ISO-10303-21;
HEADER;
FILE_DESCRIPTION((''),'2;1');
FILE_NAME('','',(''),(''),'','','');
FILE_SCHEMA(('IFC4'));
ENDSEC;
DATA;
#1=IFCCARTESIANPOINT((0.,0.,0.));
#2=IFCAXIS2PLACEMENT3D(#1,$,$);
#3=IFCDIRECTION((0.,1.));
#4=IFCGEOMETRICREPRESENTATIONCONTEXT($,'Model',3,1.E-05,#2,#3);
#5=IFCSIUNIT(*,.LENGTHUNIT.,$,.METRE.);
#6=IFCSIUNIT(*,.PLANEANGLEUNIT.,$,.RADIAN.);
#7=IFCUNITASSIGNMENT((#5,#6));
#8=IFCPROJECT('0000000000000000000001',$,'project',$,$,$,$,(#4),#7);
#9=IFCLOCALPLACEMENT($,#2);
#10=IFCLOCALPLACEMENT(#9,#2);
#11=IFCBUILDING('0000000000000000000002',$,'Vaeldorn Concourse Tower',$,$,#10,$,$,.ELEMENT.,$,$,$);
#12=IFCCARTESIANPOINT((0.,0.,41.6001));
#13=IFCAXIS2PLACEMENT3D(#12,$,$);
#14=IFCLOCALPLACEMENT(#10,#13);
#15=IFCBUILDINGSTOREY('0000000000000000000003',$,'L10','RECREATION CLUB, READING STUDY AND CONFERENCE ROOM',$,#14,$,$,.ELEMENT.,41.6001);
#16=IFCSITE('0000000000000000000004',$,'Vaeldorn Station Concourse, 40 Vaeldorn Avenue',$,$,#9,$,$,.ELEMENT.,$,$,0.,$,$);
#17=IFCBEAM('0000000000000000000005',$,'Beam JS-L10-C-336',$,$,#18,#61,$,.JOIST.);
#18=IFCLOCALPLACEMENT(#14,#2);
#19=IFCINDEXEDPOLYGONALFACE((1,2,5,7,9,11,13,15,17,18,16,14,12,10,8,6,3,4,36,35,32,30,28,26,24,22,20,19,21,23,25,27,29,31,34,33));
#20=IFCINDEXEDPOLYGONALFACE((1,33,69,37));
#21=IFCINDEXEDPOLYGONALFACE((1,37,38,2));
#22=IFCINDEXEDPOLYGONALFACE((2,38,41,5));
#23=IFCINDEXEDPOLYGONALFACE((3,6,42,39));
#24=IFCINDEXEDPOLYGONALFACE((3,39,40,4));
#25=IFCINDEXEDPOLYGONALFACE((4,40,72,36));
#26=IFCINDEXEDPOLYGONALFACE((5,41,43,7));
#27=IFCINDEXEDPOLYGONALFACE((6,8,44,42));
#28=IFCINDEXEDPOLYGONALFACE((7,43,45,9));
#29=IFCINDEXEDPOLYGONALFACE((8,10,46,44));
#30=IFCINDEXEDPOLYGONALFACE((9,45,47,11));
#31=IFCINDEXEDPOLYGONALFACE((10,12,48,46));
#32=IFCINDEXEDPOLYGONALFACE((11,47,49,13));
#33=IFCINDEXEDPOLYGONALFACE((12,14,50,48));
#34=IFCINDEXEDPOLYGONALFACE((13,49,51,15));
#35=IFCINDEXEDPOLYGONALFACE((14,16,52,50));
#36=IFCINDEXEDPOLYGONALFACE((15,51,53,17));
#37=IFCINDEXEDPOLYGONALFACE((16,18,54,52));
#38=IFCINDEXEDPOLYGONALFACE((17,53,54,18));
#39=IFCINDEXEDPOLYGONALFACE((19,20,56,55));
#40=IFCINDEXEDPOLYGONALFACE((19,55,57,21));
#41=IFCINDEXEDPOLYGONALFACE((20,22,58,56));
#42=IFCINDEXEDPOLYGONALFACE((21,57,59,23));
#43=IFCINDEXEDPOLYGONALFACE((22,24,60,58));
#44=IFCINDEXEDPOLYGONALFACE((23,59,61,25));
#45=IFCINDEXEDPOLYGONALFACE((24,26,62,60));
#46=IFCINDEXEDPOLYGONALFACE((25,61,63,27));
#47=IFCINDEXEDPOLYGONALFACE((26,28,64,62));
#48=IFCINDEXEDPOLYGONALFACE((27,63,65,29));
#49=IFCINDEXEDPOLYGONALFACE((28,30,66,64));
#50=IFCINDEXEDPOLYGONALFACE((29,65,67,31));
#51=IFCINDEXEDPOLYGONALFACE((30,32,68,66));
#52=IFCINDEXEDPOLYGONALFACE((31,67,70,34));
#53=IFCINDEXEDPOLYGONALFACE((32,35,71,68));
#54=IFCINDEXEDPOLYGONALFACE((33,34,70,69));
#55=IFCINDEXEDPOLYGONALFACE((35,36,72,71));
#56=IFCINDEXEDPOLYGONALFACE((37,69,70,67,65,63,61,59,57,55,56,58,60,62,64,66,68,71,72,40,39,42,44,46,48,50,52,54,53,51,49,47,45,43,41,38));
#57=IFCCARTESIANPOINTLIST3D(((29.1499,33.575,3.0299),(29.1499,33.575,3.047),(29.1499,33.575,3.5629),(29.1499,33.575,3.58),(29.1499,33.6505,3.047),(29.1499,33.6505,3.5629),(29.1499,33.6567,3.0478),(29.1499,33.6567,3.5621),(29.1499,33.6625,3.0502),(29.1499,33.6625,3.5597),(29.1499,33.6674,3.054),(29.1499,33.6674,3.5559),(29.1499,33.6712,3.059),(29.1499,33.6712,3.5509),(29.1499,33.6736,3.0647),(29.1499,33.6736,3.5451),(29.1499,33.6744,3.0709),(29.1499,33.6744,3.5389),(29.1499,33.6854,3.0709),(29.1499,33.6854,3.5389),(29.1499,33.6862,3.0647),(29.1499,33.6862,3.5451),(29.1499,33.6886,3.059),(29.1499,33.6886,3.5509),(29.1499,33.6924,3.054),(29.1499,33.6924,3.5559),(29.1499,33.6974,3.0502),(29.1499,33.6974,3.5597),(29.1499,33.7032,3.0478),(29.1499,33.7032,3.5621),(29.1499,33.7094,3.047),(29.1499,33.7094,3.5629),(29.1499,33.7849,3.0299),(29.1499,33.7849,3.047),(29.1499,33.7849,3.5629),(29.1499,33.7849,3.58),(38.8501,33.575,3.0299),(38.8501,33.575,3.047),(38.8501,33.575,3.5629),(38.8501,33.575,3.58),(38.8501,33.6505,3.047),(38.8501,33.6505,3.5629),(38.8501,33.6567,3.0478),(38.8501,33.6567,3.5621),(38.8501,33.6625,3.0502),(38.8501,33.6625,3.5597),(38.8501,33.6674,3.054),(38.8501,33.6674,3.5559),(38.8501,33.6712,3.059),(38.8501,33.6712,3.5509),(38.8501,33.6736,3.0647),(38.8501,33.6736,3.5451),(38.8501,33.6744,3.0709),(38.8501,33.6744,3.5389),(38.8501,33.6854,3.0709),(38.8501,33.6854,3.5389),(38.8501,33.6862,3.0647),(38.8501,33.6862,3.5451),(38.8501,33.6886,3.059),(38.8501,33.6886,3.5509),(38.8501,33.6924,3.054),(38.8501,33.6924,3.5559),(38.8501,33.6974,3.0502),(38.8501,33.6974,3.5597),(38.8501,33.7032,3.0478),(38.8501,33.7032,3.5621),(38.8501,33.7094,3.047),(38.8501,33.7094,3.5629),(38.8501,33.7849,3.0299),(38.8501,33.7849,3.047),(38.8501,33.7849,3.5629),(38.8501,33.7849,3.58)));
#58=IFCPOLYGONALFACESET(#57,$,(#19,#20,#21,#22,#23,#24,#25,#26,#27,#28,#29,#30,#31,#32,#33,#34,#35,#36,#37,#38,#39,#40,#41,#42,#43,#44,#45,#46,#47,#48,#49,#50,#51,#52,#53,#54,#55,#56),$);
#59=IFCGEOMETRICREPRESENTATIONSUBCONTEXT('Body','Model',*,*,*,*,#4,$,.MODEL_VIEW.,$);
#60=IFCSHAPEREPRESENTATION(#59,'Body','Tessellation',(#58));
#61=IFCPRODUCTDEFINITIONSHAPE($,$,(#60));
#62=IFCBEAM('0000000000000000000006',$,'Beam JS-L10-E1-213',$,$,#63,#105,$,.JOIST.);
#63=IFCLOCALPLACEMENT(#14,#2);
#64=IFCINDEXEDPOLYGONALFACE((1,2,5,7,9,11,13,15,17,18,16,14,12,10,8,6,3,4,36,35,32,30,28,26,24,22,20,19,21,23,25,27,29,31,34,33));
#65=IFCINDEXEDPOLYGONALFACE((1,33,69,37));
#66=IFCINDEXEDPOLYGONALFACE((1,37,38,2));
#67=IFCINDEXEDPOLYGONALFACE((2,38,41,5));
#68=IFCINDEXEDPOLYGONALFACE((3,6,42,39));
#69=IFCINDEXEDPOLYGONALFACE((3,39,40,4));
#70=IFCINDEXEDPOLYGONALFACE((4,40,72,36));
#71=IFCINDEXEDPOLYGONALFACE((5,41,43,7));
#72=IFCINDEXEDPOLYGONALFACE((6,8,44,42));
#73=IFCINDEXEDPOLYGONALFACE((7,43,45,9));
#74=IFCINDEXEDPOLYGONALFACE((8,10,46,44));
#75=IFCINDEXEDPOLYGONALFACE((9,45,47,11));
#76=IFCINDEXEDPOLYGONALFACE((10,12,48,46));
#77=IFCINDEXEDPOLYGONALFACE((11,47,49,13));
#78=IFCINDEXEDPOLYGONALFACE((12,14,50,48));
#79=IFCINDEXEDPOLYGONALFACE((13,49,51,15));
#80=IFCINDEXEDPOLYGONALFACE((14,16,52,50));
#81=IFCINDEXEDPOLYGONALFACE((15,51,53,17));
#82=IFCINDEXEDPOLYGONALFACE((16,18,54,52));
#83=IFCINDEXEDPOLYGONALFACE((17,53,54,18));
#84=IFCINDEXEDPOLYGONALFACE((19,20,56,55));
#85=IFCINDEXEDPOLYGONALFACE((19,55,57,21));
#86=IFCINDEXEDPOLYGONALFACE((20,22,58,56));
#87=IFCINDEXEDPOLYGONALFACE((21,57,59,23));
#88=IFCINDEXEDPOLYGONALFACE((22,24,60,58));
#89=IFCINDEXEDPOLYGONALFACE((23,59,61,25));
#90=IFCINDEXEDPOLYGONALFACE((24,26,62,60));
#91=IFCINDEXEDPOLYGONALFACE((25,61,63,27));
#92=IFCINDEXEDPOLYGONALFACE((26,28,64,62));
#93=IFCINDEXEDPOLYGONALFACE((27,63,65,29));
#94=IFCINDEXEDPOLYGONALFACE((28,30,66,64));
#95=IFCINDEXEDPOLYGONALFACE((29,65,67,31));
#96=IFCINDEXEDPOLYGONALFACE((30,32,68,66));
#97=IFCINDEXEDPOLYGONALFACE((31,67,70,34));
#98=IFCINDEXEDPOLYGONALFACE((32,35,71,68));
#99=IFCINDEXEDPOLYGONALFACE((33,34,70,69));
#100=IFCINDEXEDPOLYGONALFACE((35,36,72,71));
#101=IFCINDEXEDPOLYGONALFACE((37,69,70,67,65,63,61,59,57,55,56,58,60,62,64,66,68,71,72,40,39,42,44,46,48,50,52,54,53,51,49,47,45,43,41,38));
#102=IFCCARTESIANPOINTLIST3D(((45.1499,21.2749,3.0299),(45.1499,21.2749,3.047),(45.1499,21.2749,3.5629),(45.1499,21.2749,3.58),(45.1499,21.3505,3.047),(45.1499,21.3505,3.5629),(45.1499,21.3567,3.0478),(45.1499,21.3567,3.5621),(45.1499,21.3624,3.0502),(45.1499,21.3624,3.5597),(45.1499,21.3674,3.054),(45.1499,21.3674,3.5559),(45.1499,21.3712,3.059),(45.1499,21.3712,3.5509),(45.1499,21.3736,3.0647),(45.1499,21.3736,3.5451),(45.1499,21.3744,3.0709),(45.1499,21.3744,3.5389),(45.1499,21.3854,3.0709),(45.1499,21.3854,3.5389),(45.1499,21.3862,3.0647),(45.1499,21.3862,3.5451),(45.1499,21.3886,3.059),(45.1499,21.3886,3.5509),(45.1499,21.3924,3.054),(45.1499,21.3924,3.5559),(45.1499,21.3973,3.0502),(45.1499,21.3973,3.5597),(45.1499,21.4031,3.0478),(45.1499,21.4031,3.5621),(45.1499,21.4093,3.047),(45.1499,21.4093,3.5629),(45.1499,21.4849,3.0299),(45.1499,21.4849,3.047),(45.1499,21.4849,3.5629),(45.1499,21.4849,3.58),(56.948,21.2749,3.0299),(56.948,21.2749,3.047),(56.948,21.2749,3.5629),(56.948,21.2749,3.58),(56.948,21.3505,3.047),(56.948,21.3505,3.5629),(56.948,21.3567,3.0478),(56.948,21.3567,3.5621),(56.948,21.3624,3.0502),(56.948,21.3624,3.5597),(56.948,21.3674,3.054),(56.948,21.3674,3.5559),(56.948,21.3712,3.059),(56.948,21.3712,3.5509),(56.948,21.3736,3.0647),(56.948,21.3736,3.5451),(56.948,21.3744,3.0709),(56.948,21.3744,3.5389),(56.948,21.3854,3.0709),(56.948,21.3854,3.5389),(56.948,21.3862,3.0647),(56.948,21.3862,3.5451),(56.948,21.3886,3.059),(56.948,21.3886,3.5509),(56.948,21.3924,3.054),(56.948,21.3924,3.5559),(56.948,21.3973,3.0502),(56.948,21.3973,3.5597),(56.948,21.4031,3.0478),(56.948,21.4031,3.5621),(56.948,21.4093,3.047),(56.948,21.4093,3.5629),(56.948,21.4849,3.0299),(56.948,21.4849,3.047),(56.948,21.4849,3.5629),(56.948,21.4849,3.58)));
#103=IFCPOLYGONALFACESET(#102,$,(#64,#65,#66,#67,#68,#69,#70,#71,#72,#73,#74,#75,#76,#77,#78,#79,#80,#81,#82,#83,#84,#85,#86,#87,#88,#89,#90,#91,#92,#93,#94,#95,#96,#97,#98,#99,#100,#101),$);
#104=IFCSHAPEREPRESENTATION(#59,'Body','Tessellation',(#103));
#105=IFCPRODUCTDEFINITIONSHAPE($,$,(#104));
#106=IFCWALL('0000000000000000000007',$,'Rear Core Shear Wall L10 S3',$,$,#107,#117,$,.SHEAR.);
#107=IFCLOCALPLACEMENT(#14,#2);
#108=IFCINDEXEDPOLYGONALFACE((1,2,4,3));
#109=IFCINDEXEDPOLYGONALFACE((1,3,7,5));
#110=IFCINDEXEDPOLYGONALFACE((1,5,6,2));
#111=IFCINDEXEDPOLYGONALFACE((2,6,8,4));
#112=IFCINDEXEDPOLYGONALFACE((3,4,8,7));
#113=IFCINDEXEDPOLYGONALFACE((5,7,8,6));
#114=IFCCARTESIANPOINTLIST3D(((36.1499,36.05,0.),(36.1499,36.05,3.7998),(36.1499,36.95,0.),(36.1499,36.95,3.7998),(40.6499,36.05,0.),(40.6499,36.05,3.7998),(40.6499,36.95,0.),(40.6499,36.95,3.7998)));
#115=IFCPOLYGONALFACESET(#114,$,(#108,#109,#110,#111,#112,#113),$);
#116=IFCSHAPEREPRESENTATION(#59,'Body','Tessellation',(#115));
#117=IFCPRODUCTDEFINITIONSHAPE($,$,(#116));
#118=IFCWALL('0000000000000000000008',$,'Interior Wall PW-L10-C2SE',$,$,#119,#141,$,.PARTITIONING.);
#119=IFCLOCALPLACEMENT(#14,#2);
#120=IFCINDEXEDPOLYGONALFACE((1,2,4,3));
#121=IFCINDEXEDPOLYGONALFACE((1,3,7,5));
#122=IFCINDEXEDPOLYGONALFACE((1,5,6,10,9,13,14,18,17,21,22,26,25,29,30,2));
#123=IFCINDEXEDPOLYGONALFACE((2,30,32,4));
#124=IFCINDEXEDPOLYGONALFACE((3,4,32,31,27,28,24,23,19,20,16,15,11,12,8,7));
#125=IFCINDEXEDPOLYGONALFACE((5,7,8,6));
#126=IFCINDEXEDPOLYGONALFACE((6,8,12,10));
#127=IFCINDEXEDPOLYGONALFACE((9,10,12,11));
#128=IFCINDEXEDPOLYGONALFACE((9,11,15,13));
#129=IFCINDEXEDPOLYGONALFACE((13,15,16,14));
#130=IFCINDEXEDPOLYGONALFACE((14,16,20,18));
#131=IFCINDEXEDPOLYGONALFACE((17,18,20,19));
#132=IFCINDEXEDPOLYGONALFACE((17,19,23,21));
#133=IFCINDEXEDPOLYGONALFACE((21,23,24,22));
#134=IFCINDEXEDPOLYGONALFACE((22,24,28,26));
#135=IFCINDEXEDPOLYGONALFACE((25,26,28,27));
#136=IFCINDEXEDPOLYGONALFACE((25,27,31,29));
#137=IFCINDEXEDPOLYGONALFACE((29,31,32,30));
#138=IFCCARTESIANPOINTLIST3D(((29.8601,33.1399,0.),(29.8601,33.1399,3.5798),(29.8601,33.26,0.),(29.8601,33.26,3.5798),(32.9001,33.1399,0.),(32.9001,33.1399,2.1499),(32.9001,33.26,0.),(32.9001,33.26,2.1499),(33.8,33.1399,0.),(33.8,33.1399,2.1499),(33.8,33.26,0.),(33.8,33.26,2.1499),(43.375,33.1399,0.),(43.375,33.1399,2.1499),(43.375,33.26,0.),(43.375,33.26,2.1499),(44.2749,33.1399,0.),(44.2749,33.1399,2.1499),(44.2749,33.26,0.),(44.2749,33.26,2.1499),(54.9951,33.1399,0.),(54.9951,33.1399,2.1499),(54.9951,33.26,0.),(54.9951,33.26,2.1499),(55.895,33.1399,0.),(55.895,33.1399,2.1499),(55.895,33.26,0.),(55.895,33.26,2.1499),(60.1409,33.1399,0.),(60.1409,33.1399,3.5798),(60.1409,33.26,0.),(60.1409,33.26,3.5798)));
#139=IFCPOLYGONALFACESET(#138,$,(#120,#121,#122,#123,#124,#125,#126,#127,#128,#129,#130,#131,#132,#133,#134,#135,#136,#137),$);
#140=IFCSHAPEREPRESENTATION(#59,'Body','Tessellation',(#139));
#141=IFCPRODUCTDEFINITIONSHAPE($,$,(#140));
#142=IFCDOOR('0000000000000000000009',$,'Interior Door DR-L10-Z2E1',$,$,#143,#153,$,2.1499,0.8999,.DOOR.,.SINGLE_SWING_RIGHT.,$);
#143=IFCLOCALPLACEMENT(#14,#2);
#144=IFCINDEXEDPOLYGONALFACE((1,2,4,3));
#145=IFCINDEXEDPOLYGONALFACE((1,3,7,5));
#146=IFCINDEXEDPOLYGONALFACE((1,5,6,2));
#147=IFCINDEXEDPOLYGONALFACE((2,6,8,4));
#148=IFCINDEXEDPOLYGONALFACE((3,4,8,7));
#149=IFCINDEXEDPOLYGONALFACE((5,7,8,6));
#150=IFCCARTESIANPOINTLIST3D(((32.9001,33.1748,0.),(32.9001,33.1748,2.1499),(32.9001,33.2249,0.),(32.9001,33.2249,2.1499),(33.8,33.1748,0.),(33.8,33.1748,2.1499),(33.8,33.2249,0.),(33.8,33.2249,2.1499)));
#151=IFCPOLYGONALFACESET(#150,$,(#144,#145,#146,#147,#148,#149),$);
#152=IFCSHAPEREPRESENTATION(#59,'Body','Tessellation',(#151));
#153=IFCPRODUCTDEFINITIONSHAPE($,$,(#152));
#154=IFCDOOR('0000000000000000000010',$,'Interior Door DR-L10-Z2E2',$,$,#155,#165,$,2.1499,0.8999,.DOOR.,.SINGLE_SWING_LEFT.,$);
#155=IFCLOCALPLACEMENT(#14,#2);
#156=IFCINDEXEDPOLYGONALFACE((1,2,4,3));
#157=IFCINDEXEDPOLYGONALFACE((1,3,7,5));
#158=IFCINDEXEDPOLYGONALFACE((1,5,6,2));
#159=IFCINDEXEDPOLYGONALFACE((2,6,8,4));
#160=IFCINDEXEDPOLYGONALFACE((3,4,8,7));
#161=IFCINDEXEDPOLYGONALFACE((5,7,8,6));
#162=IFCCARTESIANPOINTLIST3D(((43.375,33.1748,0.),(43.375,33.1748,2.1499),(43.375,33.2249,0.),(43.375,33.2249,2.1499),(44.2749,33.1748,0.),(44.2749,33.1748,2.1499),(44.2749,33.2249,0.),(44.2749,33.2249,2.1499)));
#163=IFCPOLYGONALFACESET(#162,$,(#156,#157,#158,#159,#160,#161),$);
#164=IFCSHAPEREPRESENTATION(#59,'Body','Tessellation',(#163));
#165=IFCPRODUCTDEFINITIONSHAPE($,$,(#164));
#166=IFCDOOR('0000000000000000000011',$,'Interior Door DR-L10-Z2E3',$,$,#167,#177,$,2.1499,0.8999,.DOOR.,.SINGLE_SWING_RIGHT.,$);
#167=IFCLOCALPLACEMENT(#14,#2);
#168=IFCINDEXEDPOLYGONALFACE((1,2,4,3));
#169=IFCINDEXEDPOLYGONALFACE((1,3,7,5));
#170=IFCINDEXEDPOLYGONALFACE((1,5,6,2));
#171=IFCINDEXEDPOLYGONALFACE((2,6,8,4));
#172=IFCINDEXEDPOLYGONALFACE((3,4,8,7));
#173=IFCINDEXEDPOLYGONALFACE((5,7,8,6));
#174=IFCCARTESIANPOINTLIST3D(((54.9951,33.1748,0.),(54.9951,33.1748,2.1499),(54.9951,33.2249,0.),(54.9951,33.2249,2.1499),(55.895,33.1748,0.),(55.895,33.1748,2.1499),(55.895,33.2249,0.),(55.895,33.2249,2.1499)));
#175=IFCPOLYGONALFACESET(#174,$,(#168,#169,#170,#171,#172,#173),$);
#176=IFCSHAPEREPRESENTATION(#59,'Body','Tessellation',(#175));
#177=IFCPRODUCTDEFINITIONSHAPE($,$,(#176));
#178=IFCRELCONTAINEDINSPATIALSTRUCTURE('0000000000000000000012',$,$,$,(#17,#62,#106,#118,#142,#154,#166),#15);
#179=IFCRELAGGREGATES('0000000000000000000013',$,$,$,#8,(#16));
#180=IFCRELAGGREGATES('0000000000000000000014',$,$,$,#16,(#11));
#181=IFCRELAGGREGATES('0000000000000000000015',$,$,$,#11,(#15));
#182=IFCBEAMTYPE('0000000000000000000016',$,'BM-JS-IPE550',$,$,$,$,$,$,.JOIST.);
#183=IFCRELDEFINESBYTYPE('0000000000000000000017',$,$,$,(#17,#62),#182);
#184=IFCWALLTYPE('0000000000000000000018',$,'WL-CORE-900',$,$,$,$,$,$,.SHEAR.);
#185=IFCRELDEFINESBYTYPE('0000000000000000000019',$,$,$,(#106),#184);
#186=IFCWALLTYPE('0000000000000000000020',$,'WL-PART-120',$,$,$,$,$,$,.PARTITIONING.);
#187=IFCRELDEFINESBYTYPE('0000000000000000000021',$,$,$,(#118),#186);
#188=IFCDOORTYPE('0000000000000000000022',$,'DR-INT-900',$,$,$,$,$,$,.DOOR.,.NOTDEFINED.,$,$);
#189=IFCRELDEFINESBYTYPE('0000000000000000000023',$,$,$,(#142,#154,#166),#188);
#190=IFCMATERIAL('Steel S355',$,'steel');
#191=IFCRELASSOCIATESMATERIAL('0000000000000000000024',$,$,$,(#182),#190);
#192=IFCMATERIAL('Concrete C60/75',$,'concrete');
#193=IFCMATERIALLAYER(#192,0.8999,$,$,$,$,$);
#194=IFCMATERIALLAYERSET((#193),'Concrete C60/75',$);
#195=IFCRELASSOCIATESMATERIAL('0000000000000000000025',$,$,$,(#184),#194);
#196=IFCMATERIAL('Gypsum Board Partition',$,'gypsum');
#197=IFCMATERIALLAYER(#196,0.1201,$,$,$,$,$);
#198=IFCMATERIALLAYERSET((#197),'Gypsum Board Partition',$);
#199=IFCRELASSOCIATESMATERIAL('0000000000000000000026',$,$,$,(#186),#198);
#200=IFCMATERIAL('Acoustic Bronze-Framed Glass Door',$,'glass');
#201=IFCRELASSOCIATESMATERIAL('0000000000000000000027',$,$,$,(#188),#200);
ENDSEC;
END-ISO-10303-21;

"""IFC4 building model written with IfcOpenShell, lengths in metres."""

from ifc_helpers import new_model, si_unit, direction, frame, frame_2d, origin, origin_2d, place, context, subcontext, project, spatial, rectangle, i_section, extrude, source, transform, mapped, material, layer, layer_set, material_profile, profile_set, type_object, element, fill, save


model = new_model("IFC4")

# Units and contexts
model_context = context("Model", 3, precision=1e-05, world=origin(), true_north=direction((0.0, 1.0)))
body_context = subcontext(model_context, "Body", "Model", "MODEL_VIEW")
ifc_project = project(units=[si_unit("LENGTHUNIT", "METRE"), si_unit("PLANEANGLEUNIT", "RADIAN")], contexts=[model_context])

# Site, building, storey
site_placement = place(None, origin())
site = spatial("IfcSite", under=ifc_project, at=site_placement, Name="Vaeldorn Station Concourse, 40 Vaeldorn Avenue", CompositionType="ELEMENT", RefElevation=0.0)
building_placement = place(site_placement, origin())
building = spatial("IfcBuilding", under=site, at=building_placement, Name="Vaeldorn Concourse Tower", CompositionType="ELEMENT")
storey_placement = place(building_placement, frame((0.0, 0.0, 41.6001)))
storey = spatial("IfcBuildingStorey", under=building, at=storey_placement, Name="L10", Description="RECREATION CLUB, READING STUDY AND CONFERENCE ROOM", CompositionType="ELEMENT", Elevation=41.6001)

# Beams
ifc_material_1 = material(Name="Steel S355", Category="steel")
ifc_material_profile_1 = material_profile(ifc_material_1, i_section(OverallWidth=0.21, OverallDepth=0.55, WebThickness=0.011, FlangeThickness=0.0171, FilletRadius=0.0239, at=origin_2d()), Name="IPE 550")
ifc_profile_set_1 = profile_set([ifc_material_profile_1], Name="Steel S355")
beam_type_1 = type_object("IfcBeamType", Name="BM-JS-IPE550", PredefinedType="JOIST", material=ifc_profile_set_1)
shared_shape_1 = source(origin(), body_context, "Body", "SweptSolid", [
    extrude(i_section(OverallWidth=0.21, OverallDepth=0.55, WebThickness=0.011, FlangeThickness=0.0171, FilletRadius=0.0239, at=origin_2d()), origin(), (0.0, 0.0, 1.0), 9.7002),
])
for number, where, z_axis, x_axis, name in (
    (1, (29.1499, 33.6799, 3.3049), (1.0, 0.0, 0.0), (0.0, 1.0, 0.0), "Beam JS-L10-C-336"),
):
    element("IfcBeam", number, at=place(storey_placement, frame(where, z_axis=z_axis, x_axis=x_axis)), inside=storey, type_object=beam_type_1, Name=name, PredefinedType="JOIST", context=body_context, shape_type="MappedRepresentation", body=[
        mapped(shared_shape_1, transform((0.0, 0.0, 0.0), scale=1.0)),
    ])
shared_shape_2 = source(origin(), body_context, "Body", "SweptSolid", [
    extrude(i_section(OverallWidth=0.21, OverallDepth=0.55, WebThickness=0.011, FlangeThickness=0.0171, FilletRadius=0.0239, at=origin_2d()), origin(), (0.0, 0.0, 1.0), 11.7981),
])
beam_1_placement = place(storey_placement, frame((45.1499, 21.3799, 3.3049), z_axis=(1.0, 0.0, 0.0), x_axis=(0.0, 1.0, 0.0)))
element("IfcBeam", 2, at=beam_1_placement, inside=storey, type_object=beam_type_1, Name="Beam JS-L10-E1-213", PredefinedType="JOIST", context=body_context, shape_type="MappedRepresentation", body=[
    mapped(shared_shape_2, transform((0.0, 0.0, 0.0), scale=1.0)),
])

# Wall
ifc_material_2 = material(Name="Concrete C60/75", Category="concrete")
ifc_layer_1 = layer(ifc_material_2, 0.8999)
ifc_layer_set_1 = layer_set([ifc_layer_1], Name="Concrete C60/75")
wall_type_1 = type_object("IfcWallType", Name="WL-CORE-900", PredefinedType="SHEAR", material=ifc_layer_set_1)
wall_1_placement = place(storey_placement, frame((36.1499, 36.5, 0.0), z_axis=(0.0, 0.0, 1.0), x_axis=(1.0, 0.0, 0.0)))
element("IfcWall", 3, at=wall_1_placement, inside=storey, type_object=wall_type_1, Name="Rear Core Shear Wall L10 S3", PredefinedType="SHEAR", context=body_context, shape_type="SweptSolid", body=[
    extrude(rectangle(XDim=4.5, YDim=0.8999, at=frame_2d((2.25, 0.0))), origin(), (0.0, 0.0, 1.0), 3.7998),
])

# Wall, openings, doors
ifc_material_3 = material(Name="Gypsum Board Partition", Category="gypsum")
ifc_layer_2 = layer(ifc_material_3, 0.1201)
ifc_layer_set_2 = layer_set([ifc_layer_2], Name="Gypsum Board Partition")
wall_type_2 = type_object("IfcWallType", Name="WL-PART-120", PredefinedType="PARTITIONING", material=ifc_layer_set_2)
wall_2_placement = place(storey_placement, frame((29.8601, 33.2, 0.0), z_axis=(0.0, 0.0, 1.0), x_axis=(1.0, 0.0, 0.0)))
wall_2 = element("IfcWall", 4, at=wall_2_placement, inside=storey, type_object=wall_type_2, Name="Interior Wall PW-L10-C2SE", PredefinedType="PARTITIONING", context=body_context, shape_type="SweptSolid", body=[
    extrude(rectangle(XDim=30.2808, YDim=0.1201, at=frame_2d((15.1404, 0.0))), origin(), (0.0, 0.0, 1.0), 3.5798),
])
opening_1_placement = place(wall_2_placement, frame((3.04, 0.0, 0.0)))
opening_1 = element("IfcOpeningElement", 5, at=opening_1_placement, cuts=wall_2, PredefinedType="OPENING", context=body_context, shape_type="SweptSolid", body=[
    extrude(rectangle(XDim=0.8999, YDim=2.1499, at=frame_2d((0.45, 1.075))), frame((0.0, 0.0701, 0.0), z_axis=(0.0, -1.0, 0.0), x_axis=(1.0, 0.0, 0.0)), (0.0, 0.0, 1.0), 0.1401),
])
opening_2_placement = place(wall_2_placement, frame((13.5149, 0.0, 0.0)))
opening_2 = element("IfcOpeningElement", 6, at=opening_2_placement, cuts=wall_2, PredefinedType="OPENING", context=body_context, shape_type="SweptSolid", body=[
    extrude(rectangle(XDim=0.8999, YDim=2.1499, at=frame_2d((0.45, 1.075))), frame((0.0, 0.0701, 0.0), z_axis=(0.0, -1.0, 0.0), x_axis=(1.0, 0.0, 0.0)), (0.0, 0.0, 1.0), 0.1401),
])
opening_3_placement = place(wall_2_placement, frame((25.135, 0.0, 0.0)))
opening_3 = element("IfcOpeningElement", 7, at=opening_3_placement, cuts=wall_2, PredefinedType="OPENING", context=body_context, shape_type="SweptSolid", body=[
    extrude(rectangle(XDim=0.8999, YDim=2.1499, at=frame_2d((0.45, 1.075))), frame((0.0, 0.0701, 0.0), z_axis=(0.0, -1.0, 0.0), x_axis=(1.0, 0.0, 0.0)), (0.0, 0.0, 1.0), 0.1401),
])
ifc_material_4 = material(Name="Acoustic Bronze-Framed Glass Door", Category="glass")
door_type = type_object("IfcDoorType", Name="DR-INT-900", OperationType="NOTDEFINED", PredefinedType="DOOR", material=ifc_material_4)
shared_shape_3 = source(origin(), body_context, "Body", "SweptSolid", [
    extrude(rectangle(XDim=0.8999, YDim=2.1499, at=frame_2d((0.45, 1.075))), frame((0.0, 0.0249, 0.0), z_axis=(0.0, -1.0, 0.0), x_axis=(1.0, 0.0, 0.0)), (0.0, 0.0, 1.0), 0.05),
])
door_1_placement = place(opening_1_placement, origin())
door_1 = element("IfcDoor", 8, at=door_1_placement, inside=storey, type_object=door_type, Name="Interior Door DR-L10-Z2E1", OperationType="SINGLE_SWING_RIGHT", OverallHeight=2.1499, OverallWidth=0.8999, PredefinedType="DOOR", context=body_context, shape_type="MappedRepresentation", body=[
    mapped(shared_shape_3, transform((0.0, 0.0, 0.0), scale=1.0)),
])
fill(opening_1, door_1)
door_2_placement = place(opening_2_placement, origin())
door_2 = element("IfcDoor", 9, at=door_2_placement, inside=storey, type_object=door_type, Name="Interior Door DR-L10-Z2E2", OperationType="SINGLE_SWING_LEFT", OverallHeight=2.1499, OverallWidth=0.8999, PredefinedType="DOOR", context=body_context, shape_type="MappedRepresentation", body=[
    mapped(shared_shape_3, transform((0.0, 0.0, 0.0), scale=1.0)),
])
fill(opening_2, door_2)
door_3_placement = place(opening_3_placement, origin())
door_3 = element("IfcDoor", 10, at=door_3_placement, inside=storey, type_object=door_type, Name="Interior Door DR-L10-Z2E3", OperationType="SINGLE_SWING_RIGHT", OverallHeight=2.1499, OverallWidth=0.8999, PredefinedType="DOOR", context=body_context, shape_type="MappedRepresentation", body=[
    mapped(shared_shape_3, transform((0.0, 0.0, 0.0), scale=1.0)),
])
fill(opening_3, door_3)

save(model, "model.ifc")
